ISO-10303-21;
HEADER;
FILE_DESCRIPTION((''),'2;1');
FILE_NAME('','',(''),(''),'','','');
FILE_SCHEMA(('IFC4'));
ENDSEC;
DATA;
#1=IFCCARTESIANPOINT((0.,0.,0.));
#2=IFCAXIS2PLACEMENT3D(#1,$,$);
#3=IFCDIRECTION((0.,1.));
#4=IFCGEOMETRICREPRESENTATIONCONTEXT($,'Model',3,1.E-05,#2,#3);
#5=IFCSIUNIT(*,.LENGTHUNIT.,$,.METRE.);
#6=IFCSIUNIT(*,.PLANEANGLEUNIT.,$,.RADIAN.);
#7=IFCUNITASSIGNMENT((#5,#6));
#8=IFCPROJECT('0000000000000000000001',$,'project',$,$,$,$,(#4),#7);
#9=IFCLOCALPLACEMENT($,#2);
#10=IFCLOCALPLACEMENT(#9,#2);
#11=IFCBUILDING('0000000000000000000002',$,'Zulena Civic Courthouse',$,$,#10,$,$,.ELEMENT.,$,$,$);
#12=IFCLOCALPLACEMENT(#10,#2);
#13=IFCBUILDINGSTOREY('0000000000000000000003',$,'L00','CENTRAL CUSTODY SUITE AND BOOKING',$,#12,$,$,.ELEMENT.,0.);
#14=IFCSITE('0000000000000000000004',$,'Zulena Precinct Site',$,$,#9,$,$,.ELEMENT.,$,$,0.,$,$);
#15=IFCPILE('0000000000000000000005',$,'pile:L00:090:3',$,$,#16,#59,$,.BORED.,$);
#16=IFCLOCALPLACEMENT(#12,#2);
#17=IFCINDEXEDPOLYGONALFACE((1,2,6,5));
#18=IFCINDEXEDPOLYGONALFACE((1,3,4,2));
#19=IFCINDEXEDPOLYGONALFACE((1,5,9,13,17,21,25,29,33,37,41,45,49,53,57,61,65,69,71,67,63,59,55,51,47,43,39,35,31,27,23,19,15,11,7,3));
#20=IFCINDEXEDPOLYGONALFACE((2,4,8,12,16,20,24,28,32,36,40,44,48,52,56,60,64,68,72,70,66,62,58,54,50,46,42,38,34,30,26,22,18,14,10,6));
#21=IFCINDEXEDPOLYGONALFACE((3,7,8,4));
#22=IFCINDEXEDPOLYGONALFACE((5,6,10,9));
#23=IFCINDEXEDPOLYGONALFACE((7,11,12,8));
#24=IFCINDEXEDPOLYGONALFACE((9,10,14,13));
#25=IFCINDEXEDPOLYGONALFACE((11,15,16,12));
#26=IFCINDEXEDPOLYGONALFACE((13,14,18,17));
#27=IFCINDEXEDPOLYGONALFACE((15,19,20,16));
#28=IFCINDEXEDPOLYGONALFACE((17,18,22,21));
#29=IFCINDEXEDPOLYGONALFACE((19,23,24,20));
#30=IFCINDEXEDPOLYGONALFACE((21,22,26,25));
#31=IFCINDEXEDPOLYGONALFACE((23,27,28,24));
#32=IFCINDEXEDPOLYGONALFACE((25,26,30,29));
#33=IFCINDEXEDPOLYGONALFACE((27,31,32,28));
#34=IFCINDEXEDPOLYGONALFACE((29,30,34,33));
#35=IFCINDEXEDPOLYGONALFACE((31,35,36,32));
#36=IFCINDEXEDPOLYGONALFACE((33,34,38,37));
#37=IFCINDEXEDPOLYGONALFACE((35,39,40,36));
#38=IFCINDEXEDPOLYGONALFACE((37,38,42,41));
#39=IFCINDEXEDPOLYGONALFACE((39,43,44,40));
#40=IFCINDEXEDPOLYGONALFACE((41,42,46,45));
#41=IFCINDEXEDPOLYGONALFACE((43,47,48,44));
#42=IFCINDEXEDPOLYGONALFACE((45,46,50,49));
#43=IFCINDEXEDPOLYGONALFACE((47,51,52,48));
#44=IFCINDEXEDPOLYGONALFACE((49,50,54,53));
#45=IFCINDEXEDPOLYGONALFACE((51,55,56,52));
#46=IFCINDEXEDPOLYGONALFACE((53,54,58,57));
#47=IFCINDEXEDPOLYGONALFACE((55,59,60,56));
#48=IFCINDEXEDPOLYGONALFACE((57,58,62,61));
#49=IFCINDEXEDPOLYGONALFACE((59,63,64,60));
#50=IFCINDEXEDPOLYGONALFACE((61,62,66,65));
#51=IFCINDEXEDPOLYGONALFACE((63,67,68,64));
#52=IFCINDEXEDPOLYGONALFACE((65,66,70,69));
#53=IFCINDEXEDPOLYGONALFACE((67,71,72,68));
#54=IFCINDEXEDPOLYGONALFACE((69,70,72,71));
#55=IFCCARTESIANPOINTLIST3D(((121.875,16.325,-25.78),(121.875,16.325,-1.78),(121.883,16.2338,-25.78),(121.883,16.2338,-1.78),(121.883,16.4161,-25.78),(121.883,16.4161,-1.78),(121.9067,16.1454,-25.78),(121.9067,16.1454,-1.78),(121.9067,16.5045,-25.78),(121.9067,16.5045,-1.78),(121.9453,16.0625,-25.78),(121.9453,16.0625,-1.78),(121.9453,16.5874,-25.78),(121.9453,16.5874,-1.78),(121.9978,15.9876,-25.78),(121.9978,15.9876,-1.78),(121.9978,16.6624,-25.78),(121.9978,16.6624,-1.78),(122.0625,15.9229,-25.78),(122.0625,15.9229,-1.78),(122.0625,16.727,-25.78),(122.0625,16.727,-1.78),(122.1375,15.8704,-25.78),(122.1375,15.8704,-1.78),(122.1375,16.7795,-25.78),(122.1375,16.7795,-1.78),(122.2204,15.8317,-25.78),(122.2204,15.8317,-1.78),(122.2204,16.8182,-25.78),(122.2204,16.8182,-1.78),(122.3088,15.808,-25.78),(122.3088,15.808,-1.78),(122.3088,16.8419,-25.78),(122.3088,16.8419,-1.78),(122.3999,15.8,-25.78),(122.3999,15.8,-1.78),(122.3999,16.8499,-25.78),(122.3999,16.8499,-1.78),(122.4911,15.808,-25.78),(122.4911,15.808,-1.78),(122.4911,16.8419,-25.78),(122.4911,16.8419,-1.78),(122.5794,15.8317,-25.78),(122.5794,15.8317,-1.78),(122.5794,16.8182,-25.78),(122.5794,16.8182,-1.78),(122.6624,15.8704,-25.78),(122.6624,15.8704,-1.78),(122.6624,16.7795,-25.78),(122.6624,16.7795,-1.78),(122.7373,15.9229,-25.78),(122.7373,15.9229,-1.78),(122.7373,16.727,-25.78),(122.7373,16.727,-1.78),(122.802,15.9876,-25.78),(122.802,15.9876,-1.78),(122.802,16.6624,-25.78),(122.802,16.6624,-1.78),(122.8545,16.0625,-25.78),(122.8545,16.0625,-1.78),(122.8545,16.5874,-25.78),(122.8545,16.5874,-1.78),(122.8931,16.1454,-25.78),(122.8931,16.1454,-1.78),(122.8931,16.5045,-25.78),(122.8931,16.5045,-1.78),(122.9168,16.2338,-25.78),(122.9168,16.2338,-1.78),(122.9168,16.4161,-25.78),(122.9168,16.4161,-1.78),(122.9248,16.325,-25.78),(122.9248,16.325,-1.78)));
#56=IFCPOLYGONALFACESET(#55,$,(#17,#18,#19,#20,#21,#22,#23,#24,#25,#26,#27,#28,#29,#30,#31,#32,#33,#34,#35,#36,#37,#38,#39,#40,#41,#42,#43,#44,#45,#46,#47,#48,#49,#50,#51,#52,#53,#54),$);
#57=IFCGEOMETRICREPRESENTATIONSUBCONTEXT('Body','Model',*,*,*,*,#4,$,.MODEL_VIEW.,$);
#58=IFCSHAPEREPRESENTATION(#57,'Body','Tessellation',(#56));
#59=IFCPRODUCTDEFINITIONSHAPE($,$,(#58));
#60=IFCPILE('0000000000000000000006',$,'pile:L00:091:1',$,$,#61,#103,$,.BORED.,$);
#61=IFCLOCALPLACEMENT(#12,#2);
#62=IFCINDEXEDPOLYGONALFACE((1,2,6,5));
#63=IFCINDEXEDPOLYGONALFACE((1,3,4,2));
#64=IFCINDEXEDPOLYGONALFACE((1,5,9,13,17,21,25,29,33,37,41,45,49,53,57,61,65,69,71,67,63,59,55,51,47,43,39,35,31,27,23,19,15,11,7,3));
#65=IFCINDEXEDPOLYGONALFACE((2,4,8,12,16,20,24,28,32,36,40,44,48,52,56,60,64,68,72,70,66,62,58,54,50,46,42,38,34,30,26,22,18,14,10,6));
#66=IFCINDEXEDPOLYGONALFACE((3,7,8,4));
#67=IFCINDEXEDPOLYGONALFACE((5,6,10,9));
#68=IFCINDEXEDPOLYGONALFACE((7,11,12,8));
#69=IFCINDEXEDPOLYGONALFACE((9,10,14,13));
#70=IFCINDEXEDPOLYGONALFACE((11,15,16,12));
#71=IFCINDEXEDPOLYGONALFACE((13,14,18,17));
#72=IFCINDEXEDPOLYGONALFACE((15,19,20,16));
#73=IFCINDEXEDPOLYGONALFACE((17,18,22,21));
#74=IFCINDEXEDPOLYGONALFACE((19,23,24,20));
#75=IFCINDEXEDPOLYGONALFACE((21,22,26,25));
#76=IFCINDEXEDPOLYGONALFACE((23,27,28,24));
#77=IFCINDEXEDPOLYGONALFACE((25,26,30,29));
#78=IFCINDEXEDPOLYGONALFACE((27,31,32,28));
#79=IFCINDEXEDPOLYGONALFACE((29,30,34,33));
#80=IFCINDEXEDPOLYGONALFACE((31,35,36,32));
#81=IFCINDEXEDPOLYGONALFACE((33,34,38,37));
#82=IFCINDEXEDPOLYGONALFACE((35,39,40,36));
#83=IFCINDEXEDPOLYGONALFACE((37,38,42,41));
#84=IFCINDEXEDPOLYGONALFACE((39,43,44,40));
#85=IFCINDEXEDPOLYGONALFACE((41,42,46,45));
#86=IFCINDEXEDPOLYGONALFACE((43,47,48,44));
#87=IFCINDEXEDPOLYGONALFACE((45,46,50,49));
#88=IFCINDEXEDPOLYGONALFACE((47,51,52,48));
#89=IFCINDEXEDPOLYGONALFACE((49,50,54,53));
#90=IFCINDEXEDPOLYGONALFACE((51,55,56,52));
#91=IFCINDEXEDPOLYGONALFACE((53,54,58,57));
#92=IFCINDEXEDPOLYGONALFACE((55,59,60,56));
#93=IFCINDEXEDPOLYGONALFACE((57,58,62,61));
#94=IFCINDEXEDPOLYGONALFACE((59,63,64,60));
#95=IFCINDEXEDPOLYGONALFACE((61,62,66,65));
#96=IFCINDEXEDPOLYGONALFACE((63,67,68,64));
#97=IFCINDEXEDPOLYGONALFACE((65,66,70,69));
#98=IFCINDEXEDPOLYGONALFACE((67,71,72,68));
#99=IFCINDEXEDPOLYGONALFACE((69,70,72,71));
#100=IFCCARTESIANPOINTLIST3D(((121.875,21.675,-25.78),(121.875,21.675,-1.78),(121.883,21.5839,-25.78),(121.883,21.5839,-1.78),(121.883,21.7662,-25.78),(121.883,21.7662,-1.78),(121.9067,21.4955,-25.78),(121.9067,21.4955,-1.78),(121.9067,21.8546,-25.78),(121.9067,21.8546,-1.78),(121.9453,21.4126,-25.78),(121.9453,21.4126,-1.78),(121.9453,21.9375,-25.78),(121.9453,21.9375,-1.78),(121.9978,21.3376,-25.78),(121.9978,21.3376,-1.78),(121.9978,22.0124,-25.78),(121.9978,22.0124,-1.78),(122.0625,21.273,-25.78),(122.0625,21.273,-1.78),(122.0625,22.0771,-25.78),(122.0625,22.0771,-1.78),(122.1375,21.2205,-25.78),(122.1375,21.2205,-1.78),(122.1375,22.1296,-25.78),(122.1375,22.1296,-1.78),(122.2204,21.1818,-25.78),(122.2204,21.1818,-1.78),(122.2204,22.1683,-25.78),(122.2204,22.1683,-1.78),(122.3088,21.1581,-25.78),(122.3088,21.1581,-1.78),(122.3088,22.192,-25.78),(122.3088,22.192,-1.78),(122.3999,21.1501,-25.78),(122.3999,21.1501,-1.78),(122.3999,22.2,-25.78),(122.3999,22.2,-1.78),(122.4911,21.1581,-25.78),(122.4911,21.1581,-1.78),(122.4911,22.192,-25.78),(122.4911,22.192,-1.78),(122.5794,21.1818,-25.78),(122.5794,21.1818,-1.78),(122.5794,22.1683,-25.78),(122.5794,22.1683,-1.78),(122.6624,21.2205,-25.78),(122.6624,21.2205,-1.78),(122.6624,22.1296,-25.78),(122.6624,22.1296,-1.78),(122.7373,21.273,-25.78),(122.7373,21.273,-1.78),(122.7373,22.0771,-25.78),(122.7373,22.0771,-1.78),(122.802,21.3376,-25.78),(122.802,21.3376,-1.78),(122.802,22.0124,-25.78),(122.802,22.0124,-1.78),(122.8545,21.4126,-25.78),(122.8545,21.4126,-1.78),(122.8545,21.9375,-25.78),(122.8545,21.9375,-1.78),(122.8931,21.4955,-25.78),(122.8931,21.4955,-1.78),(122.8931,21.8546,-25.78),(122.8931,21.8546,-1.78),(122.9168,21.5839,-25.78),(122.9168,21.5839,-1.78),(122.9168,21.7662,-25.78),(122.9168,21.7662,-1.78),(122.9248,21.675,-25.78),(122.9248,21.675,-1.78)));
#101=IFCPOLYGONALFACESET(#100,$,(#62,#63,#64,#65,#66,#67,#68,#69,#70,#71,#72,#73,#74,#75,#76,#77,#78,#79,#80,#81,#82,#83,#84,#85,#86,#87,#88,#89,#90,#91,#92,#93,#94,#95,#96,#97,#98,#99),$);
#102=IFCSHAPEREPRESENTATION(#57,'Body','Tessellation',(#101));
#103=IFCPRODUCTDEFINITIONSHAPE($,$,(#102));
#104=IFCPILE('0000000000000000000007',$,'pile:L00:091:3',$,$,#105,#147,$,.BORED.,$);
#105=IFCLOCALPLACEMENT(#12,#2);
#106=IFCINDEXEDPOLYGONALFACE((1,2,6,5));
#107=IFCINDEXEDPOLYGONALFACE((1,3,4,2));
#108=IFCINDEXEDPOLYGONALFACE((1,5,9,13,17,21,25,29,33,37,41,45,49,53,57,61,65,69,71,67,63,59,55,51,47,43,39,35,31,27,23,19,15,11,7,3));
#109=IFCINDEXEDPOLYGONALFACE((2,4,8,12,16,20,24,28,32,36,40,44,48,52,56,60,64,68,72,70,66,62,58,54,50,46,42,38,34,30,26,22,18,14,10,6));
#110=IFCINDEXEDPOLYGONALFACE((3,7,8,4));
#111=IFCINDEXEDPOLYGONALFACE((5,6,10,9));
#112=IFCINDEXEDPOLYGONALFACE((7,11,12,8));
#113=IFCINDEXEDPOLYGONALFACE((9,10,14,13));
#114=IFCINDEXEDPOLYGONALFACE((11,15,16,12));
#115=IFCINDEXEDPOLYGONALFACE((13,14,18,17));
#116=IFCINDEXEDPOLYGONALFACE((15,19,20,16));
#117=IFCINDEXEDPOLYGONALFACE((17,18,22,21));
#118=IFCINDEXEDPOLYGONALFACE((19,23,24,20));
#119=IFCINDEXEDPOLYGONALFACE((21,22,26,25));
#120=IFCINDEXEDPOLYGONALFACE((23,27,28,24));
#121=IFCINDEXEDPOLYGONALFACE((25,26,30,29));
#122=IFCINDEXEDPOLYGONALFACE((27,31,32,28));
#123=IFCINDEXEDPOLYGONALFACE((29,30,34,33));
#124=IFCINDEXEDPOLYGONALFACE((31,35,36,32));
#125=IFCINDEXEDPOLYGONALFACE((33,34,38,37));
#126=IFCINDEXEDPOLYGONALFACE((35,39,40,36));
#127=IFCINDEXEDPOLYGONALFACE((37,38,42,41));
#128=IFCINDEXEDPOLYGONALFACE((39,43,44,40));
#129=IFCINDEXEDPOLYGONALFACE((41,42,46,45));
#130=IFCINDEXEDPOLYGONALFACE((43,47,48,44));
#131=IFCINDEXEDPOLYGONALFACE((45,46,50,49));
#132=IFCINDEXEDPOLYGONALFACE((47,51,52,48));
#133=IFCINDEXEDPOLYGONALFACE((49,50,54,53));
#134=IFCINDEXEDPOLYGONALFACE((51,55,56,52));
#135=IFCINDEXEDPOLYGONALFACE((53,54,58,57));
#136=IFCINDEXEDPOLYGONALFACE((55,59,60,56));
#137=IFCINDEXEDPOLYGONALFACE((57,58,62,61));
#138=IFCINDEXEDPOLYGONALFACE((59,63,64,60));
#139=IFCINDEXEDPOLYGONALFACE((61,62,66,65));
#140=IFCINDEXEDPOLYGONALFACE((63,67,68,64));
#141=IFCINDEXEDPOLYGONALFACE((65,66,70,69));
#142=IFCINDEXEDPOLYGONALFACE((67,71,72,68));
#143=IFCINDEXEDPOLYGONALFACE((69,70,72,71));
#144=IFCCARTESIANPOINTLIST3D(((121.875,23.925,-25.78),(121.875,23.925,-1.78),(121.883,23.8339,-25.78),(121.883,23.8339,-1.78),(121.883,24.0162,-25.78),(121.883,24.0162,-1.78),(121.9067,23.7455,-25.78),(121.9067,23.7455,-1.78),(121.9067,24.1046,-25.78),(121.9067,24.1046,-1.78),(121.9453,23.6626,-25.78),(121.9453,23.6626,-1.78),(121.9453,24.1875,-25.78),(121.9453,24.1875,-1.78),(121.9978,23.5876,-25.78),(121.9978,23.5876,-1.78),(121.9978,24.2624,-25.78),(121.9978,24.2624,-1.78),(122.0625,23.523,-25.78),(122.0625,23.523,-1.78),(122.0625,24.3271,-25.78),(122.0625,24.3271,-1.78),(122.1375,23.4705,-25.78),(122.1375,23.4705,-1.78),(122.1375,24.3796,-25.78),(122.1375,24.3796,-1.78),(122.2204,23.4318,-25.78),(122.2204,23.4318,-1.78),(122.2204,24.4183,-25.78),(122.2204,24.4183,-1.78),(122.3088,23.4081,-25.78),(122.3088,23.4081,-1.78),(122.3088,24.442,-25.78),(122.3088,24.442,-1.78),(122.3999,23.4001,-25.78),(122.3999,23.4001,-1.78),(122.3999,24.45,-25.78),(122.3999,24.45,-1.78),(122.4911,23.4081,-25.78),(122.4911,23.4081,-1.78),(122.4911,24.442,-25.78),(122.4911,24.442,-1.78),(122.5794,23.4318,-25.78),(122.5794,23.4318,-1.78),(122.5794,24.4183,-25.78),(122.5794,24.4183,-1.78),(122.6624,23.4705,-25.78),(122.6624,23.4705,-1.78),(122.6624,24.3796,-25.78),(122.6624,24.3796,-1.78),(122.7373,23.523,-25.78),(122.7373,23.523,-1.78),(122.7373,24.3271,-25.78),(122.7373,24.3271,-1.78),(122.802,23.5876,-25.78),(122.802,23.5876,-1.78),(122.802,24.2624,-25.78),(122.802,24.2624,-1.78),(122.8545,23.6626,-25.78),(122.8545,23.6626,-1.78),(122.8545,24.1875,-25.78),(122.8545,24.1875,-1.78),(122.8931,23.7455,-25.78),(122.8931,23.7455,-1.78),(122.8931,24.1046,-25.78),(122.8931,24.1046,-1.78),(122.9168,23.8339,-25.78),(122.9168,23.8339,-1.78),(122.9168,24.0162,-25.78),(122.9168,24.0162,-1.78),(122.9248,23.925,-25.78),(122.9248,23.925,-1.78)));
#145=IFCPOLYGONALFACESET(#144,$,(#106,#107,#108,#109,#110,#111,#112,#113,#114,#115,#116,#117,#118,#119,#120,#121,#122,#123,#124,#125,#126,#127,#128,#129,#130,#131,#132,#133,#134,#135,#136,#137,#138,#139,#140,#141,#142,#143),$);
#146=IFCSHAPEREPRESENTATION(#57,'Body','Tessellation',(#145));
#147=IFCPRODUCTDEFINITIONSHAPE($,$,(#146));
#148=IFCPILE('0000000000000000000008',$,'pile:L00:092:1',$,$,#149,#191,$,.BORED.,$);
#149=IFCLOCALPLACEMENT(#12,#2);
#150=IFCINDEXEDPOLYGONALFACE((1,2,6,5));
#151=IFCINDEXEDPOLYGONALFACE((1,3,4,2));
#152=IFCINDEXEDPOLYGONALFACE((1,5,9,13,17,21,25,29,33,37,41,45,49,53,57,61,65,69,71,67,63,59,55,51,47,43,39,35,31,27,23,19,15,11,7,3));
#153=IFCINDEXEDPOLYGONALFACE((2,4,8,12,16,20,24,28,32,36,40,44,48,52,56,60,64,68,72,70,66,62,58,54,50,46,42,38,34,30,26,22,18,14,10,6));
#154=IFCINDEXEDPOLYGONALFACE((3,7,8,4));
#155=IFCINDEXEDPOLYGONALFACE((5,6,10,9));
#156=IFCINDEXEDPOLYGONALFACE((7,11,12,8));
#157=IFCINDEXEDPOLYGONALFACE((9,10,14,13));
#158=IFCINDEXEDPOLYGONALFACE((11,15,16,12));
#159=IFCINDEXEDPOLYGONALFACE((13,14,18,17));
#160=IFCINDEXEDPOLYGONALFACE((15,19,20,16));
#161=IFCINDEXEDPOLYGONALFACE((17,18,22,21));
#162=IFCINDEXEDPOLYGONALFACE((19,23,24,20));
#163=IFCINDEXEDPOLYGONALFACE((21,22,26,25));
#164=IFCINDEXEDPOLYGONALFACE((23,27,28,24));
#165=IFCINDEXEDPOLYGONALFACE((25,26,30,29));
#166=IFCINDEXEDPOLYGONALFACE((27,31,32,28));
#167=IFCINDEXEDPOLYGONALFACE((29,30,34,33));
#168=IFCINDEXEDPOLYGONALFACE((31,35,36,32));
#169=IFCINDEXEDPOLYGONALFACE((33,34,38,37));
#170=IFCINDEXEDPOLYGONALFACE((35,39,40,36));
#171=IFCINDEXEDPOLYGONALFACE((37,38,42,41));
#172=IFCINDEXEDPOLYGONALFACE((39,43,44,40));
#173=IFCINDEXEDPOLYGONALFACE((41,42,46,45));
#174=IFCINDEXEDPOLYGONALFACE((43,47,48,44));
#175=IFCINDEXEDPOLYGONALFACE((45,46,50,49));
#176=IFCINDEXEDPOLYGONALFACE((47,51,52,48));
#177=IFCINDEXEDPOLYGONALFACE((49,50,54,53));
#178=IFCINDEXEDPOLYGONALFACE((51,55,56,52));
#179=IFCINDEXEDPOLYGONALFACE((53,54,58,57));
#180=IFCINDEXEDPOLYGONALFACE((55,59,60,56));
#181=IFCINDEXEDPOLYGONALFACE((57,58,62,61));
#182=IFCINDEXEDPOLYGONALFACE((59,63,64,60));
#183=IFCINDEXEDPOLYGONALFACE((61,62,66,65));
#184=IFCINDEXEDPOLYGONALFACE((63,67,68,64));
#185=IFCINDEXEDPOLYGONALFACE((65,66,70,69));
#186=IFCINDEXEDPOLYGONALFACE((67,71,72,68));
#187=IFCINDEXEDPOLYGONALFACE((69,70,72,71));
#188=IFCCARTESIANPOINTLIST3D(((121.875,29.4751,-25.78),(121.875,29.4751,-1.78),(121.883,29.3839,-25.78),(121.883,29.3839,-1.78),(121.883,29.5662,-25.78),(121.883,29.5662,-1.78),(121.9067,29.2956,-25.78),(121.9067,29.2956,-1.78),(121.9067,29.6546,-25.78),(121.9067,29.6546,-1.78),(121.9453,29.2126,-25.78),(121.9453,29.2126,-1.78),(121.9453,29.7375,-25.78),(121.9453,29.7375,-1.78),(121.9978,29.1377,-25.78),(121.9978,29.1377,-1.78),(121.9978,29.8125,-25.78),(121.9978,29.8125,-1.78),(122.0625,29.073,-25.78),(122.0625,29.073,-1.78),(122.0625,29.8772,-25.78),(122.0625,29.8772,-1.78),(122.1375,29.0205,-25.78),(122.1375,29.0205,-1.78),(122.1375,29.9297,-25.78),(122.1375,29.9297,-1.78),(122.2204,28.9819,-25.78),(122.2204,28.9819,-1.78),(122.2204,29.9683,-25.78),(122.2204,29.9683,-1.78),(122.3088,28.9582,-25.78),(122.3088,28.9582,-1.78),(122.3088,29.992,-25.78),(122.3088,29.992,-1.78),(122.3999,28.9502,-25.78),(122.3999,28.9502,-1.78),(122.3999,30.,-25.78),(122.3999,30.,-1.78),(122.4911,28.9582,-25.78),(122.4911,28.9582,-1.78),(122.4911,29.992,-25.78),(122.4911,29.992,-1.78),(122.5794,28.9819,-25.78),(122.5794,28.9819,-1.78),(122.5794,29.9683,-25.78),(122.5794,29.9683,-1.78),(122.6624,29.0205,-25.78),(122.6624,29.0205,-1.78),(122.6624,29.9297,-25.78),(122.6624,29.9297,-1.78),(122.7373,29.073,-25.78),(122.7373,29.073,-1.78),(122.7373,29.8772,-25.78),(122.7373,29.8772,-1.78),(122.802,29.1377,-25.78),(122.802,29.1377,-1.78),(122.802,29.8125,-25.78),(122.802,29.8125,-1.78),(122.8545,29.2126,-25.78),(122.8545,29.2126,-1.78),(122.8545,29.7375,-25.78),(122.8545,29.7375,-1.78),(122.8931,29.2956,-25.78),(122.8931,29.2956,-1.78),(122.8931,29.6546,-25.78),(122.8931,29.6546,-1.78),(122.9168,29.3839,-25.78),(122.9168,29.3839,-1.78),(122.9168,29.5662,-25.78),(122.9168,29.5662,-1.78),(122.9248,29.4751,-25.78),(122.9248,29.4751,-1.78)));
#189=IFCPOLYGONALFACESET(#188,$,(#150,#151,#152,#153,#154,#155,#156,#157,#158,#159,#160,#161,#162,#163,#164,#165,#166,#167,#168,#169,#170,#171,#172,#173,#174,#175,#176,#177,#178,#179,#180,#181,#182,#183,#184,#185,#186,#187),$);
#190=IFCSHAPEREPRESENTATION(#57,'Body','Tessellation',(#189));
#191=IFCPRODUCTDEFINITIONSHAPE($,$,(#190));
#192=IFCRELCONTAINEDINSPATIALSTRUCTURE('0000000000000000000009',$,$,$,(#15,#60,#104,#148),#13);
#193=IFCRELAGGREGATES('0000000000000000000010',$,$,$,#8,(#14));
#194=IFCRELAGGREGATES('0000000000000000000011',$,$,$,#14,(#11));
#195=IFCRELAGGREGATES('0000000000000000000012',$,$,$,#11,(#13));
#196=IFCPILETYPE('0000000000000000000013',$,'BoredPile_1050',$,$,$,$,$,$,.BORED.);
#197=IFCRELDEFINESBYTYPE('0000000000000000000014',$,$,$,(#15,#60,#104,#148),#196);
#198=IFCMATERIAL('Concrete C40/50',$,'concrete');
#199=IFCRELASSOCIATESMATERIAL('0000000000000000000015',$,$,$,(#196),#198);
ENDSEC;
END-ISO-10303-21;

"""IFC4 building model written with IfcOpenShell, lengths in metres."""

from ifc_helpers import new_model, si_unit, direction, frame, origin, origin_2d, place, context, subcontext, project, spatial, circle, extrude, material, material_profile, profile_set, type_object, element, save


model = new_model("IFC4")

# Units and contexts
model_context = context("Model", 3, precision=1e-05, world=origin(), true_north=direction((0.0, 1.0)))
body_context = subcontext(model_context, "Body", "Model", "MODEL_VIEW")
ifc_project = project(units=[si_unit("LENGTHUNIT", "METRE"), si_unit("PLANEANGLEUNIT", "RADIAN")], contexts=[model_context])

# Site, building, storey
site_placement = place(None, origin())
site = spatial("IfcSite", under=ifc_project, at=site_placement, Name="Zulena Precinct Site", CompositionType="ELEMENT", RefElevation=0.0)
building_placement = place(site_placement, origin())
building = spatial("IfcBuilding", under=site, at=building_placement, Name="Zulena Civic Courthouse", CompositionType="ELEMENT")
storey_placement = place(building_placement, origin())
storey = spatial("IfcBuildingStorey", under=building, at=storey_placement, Name="L00", Description="CENTRAL CUSTODY SUITE AND BOOKING", CompositionType="ELEMENT", Elevation=0.0)

# Piles
ifc_material_1 = material(Name="Concrete C40/50", Category="concrete")
ifc_material_profile_1 = material_profile(ifc_material_1, circle(Radius=0.5249, at=origin_2d()), Name="PILE1050")
ifc_profile_set_1 = profile_set([ifc_material_profile_1], Name="Concrete C40/50")
pile_type_1 = type_object("IfcPileType", Name="BoredPile_1050", PredefinedType="BORED", material=ifc_profile_set_1)
for number, where, z_axis, x_axis, name in (
    (1, (122.3999, 16.325, -1.78), (0.0, 0.0, -1.0), (1.0, 0.0, 0.0), "pile:L00:090:3"),
    (2, (122.3999, 21.675, -1.78), (0.0, 0.0, -1.0), (1.0, 0.0, 0.0), "pile:L00:091:1"),
    (3, (122.3999, 23.925, -1.78), (0.0, 0.0, -1.0), (1.0, 0.0, 0.0), "pile:L00:091:3"),
    (4, (122.3999, 29.4751, -1.78), (0.0, 0.0, -1.0), (1.0, 0.0, 0.0), "pile:L00:092:1"),
):
    element("IfcPile", number, at=place(storey_placement, frame(where, z_axis=z_axis, x_axis=x_axis)), inside=storey, type_object=pile_type_1, Name=name, PredefinedType="BORED", context=body_context, shape_type="SweptSolid", body=[
        extrude(circle(Radius=0.5249, at=origin_2d()), origin(), (0.0, 0.0, 1.0), 24.0),
    ])

save(model, "model.ifc")
